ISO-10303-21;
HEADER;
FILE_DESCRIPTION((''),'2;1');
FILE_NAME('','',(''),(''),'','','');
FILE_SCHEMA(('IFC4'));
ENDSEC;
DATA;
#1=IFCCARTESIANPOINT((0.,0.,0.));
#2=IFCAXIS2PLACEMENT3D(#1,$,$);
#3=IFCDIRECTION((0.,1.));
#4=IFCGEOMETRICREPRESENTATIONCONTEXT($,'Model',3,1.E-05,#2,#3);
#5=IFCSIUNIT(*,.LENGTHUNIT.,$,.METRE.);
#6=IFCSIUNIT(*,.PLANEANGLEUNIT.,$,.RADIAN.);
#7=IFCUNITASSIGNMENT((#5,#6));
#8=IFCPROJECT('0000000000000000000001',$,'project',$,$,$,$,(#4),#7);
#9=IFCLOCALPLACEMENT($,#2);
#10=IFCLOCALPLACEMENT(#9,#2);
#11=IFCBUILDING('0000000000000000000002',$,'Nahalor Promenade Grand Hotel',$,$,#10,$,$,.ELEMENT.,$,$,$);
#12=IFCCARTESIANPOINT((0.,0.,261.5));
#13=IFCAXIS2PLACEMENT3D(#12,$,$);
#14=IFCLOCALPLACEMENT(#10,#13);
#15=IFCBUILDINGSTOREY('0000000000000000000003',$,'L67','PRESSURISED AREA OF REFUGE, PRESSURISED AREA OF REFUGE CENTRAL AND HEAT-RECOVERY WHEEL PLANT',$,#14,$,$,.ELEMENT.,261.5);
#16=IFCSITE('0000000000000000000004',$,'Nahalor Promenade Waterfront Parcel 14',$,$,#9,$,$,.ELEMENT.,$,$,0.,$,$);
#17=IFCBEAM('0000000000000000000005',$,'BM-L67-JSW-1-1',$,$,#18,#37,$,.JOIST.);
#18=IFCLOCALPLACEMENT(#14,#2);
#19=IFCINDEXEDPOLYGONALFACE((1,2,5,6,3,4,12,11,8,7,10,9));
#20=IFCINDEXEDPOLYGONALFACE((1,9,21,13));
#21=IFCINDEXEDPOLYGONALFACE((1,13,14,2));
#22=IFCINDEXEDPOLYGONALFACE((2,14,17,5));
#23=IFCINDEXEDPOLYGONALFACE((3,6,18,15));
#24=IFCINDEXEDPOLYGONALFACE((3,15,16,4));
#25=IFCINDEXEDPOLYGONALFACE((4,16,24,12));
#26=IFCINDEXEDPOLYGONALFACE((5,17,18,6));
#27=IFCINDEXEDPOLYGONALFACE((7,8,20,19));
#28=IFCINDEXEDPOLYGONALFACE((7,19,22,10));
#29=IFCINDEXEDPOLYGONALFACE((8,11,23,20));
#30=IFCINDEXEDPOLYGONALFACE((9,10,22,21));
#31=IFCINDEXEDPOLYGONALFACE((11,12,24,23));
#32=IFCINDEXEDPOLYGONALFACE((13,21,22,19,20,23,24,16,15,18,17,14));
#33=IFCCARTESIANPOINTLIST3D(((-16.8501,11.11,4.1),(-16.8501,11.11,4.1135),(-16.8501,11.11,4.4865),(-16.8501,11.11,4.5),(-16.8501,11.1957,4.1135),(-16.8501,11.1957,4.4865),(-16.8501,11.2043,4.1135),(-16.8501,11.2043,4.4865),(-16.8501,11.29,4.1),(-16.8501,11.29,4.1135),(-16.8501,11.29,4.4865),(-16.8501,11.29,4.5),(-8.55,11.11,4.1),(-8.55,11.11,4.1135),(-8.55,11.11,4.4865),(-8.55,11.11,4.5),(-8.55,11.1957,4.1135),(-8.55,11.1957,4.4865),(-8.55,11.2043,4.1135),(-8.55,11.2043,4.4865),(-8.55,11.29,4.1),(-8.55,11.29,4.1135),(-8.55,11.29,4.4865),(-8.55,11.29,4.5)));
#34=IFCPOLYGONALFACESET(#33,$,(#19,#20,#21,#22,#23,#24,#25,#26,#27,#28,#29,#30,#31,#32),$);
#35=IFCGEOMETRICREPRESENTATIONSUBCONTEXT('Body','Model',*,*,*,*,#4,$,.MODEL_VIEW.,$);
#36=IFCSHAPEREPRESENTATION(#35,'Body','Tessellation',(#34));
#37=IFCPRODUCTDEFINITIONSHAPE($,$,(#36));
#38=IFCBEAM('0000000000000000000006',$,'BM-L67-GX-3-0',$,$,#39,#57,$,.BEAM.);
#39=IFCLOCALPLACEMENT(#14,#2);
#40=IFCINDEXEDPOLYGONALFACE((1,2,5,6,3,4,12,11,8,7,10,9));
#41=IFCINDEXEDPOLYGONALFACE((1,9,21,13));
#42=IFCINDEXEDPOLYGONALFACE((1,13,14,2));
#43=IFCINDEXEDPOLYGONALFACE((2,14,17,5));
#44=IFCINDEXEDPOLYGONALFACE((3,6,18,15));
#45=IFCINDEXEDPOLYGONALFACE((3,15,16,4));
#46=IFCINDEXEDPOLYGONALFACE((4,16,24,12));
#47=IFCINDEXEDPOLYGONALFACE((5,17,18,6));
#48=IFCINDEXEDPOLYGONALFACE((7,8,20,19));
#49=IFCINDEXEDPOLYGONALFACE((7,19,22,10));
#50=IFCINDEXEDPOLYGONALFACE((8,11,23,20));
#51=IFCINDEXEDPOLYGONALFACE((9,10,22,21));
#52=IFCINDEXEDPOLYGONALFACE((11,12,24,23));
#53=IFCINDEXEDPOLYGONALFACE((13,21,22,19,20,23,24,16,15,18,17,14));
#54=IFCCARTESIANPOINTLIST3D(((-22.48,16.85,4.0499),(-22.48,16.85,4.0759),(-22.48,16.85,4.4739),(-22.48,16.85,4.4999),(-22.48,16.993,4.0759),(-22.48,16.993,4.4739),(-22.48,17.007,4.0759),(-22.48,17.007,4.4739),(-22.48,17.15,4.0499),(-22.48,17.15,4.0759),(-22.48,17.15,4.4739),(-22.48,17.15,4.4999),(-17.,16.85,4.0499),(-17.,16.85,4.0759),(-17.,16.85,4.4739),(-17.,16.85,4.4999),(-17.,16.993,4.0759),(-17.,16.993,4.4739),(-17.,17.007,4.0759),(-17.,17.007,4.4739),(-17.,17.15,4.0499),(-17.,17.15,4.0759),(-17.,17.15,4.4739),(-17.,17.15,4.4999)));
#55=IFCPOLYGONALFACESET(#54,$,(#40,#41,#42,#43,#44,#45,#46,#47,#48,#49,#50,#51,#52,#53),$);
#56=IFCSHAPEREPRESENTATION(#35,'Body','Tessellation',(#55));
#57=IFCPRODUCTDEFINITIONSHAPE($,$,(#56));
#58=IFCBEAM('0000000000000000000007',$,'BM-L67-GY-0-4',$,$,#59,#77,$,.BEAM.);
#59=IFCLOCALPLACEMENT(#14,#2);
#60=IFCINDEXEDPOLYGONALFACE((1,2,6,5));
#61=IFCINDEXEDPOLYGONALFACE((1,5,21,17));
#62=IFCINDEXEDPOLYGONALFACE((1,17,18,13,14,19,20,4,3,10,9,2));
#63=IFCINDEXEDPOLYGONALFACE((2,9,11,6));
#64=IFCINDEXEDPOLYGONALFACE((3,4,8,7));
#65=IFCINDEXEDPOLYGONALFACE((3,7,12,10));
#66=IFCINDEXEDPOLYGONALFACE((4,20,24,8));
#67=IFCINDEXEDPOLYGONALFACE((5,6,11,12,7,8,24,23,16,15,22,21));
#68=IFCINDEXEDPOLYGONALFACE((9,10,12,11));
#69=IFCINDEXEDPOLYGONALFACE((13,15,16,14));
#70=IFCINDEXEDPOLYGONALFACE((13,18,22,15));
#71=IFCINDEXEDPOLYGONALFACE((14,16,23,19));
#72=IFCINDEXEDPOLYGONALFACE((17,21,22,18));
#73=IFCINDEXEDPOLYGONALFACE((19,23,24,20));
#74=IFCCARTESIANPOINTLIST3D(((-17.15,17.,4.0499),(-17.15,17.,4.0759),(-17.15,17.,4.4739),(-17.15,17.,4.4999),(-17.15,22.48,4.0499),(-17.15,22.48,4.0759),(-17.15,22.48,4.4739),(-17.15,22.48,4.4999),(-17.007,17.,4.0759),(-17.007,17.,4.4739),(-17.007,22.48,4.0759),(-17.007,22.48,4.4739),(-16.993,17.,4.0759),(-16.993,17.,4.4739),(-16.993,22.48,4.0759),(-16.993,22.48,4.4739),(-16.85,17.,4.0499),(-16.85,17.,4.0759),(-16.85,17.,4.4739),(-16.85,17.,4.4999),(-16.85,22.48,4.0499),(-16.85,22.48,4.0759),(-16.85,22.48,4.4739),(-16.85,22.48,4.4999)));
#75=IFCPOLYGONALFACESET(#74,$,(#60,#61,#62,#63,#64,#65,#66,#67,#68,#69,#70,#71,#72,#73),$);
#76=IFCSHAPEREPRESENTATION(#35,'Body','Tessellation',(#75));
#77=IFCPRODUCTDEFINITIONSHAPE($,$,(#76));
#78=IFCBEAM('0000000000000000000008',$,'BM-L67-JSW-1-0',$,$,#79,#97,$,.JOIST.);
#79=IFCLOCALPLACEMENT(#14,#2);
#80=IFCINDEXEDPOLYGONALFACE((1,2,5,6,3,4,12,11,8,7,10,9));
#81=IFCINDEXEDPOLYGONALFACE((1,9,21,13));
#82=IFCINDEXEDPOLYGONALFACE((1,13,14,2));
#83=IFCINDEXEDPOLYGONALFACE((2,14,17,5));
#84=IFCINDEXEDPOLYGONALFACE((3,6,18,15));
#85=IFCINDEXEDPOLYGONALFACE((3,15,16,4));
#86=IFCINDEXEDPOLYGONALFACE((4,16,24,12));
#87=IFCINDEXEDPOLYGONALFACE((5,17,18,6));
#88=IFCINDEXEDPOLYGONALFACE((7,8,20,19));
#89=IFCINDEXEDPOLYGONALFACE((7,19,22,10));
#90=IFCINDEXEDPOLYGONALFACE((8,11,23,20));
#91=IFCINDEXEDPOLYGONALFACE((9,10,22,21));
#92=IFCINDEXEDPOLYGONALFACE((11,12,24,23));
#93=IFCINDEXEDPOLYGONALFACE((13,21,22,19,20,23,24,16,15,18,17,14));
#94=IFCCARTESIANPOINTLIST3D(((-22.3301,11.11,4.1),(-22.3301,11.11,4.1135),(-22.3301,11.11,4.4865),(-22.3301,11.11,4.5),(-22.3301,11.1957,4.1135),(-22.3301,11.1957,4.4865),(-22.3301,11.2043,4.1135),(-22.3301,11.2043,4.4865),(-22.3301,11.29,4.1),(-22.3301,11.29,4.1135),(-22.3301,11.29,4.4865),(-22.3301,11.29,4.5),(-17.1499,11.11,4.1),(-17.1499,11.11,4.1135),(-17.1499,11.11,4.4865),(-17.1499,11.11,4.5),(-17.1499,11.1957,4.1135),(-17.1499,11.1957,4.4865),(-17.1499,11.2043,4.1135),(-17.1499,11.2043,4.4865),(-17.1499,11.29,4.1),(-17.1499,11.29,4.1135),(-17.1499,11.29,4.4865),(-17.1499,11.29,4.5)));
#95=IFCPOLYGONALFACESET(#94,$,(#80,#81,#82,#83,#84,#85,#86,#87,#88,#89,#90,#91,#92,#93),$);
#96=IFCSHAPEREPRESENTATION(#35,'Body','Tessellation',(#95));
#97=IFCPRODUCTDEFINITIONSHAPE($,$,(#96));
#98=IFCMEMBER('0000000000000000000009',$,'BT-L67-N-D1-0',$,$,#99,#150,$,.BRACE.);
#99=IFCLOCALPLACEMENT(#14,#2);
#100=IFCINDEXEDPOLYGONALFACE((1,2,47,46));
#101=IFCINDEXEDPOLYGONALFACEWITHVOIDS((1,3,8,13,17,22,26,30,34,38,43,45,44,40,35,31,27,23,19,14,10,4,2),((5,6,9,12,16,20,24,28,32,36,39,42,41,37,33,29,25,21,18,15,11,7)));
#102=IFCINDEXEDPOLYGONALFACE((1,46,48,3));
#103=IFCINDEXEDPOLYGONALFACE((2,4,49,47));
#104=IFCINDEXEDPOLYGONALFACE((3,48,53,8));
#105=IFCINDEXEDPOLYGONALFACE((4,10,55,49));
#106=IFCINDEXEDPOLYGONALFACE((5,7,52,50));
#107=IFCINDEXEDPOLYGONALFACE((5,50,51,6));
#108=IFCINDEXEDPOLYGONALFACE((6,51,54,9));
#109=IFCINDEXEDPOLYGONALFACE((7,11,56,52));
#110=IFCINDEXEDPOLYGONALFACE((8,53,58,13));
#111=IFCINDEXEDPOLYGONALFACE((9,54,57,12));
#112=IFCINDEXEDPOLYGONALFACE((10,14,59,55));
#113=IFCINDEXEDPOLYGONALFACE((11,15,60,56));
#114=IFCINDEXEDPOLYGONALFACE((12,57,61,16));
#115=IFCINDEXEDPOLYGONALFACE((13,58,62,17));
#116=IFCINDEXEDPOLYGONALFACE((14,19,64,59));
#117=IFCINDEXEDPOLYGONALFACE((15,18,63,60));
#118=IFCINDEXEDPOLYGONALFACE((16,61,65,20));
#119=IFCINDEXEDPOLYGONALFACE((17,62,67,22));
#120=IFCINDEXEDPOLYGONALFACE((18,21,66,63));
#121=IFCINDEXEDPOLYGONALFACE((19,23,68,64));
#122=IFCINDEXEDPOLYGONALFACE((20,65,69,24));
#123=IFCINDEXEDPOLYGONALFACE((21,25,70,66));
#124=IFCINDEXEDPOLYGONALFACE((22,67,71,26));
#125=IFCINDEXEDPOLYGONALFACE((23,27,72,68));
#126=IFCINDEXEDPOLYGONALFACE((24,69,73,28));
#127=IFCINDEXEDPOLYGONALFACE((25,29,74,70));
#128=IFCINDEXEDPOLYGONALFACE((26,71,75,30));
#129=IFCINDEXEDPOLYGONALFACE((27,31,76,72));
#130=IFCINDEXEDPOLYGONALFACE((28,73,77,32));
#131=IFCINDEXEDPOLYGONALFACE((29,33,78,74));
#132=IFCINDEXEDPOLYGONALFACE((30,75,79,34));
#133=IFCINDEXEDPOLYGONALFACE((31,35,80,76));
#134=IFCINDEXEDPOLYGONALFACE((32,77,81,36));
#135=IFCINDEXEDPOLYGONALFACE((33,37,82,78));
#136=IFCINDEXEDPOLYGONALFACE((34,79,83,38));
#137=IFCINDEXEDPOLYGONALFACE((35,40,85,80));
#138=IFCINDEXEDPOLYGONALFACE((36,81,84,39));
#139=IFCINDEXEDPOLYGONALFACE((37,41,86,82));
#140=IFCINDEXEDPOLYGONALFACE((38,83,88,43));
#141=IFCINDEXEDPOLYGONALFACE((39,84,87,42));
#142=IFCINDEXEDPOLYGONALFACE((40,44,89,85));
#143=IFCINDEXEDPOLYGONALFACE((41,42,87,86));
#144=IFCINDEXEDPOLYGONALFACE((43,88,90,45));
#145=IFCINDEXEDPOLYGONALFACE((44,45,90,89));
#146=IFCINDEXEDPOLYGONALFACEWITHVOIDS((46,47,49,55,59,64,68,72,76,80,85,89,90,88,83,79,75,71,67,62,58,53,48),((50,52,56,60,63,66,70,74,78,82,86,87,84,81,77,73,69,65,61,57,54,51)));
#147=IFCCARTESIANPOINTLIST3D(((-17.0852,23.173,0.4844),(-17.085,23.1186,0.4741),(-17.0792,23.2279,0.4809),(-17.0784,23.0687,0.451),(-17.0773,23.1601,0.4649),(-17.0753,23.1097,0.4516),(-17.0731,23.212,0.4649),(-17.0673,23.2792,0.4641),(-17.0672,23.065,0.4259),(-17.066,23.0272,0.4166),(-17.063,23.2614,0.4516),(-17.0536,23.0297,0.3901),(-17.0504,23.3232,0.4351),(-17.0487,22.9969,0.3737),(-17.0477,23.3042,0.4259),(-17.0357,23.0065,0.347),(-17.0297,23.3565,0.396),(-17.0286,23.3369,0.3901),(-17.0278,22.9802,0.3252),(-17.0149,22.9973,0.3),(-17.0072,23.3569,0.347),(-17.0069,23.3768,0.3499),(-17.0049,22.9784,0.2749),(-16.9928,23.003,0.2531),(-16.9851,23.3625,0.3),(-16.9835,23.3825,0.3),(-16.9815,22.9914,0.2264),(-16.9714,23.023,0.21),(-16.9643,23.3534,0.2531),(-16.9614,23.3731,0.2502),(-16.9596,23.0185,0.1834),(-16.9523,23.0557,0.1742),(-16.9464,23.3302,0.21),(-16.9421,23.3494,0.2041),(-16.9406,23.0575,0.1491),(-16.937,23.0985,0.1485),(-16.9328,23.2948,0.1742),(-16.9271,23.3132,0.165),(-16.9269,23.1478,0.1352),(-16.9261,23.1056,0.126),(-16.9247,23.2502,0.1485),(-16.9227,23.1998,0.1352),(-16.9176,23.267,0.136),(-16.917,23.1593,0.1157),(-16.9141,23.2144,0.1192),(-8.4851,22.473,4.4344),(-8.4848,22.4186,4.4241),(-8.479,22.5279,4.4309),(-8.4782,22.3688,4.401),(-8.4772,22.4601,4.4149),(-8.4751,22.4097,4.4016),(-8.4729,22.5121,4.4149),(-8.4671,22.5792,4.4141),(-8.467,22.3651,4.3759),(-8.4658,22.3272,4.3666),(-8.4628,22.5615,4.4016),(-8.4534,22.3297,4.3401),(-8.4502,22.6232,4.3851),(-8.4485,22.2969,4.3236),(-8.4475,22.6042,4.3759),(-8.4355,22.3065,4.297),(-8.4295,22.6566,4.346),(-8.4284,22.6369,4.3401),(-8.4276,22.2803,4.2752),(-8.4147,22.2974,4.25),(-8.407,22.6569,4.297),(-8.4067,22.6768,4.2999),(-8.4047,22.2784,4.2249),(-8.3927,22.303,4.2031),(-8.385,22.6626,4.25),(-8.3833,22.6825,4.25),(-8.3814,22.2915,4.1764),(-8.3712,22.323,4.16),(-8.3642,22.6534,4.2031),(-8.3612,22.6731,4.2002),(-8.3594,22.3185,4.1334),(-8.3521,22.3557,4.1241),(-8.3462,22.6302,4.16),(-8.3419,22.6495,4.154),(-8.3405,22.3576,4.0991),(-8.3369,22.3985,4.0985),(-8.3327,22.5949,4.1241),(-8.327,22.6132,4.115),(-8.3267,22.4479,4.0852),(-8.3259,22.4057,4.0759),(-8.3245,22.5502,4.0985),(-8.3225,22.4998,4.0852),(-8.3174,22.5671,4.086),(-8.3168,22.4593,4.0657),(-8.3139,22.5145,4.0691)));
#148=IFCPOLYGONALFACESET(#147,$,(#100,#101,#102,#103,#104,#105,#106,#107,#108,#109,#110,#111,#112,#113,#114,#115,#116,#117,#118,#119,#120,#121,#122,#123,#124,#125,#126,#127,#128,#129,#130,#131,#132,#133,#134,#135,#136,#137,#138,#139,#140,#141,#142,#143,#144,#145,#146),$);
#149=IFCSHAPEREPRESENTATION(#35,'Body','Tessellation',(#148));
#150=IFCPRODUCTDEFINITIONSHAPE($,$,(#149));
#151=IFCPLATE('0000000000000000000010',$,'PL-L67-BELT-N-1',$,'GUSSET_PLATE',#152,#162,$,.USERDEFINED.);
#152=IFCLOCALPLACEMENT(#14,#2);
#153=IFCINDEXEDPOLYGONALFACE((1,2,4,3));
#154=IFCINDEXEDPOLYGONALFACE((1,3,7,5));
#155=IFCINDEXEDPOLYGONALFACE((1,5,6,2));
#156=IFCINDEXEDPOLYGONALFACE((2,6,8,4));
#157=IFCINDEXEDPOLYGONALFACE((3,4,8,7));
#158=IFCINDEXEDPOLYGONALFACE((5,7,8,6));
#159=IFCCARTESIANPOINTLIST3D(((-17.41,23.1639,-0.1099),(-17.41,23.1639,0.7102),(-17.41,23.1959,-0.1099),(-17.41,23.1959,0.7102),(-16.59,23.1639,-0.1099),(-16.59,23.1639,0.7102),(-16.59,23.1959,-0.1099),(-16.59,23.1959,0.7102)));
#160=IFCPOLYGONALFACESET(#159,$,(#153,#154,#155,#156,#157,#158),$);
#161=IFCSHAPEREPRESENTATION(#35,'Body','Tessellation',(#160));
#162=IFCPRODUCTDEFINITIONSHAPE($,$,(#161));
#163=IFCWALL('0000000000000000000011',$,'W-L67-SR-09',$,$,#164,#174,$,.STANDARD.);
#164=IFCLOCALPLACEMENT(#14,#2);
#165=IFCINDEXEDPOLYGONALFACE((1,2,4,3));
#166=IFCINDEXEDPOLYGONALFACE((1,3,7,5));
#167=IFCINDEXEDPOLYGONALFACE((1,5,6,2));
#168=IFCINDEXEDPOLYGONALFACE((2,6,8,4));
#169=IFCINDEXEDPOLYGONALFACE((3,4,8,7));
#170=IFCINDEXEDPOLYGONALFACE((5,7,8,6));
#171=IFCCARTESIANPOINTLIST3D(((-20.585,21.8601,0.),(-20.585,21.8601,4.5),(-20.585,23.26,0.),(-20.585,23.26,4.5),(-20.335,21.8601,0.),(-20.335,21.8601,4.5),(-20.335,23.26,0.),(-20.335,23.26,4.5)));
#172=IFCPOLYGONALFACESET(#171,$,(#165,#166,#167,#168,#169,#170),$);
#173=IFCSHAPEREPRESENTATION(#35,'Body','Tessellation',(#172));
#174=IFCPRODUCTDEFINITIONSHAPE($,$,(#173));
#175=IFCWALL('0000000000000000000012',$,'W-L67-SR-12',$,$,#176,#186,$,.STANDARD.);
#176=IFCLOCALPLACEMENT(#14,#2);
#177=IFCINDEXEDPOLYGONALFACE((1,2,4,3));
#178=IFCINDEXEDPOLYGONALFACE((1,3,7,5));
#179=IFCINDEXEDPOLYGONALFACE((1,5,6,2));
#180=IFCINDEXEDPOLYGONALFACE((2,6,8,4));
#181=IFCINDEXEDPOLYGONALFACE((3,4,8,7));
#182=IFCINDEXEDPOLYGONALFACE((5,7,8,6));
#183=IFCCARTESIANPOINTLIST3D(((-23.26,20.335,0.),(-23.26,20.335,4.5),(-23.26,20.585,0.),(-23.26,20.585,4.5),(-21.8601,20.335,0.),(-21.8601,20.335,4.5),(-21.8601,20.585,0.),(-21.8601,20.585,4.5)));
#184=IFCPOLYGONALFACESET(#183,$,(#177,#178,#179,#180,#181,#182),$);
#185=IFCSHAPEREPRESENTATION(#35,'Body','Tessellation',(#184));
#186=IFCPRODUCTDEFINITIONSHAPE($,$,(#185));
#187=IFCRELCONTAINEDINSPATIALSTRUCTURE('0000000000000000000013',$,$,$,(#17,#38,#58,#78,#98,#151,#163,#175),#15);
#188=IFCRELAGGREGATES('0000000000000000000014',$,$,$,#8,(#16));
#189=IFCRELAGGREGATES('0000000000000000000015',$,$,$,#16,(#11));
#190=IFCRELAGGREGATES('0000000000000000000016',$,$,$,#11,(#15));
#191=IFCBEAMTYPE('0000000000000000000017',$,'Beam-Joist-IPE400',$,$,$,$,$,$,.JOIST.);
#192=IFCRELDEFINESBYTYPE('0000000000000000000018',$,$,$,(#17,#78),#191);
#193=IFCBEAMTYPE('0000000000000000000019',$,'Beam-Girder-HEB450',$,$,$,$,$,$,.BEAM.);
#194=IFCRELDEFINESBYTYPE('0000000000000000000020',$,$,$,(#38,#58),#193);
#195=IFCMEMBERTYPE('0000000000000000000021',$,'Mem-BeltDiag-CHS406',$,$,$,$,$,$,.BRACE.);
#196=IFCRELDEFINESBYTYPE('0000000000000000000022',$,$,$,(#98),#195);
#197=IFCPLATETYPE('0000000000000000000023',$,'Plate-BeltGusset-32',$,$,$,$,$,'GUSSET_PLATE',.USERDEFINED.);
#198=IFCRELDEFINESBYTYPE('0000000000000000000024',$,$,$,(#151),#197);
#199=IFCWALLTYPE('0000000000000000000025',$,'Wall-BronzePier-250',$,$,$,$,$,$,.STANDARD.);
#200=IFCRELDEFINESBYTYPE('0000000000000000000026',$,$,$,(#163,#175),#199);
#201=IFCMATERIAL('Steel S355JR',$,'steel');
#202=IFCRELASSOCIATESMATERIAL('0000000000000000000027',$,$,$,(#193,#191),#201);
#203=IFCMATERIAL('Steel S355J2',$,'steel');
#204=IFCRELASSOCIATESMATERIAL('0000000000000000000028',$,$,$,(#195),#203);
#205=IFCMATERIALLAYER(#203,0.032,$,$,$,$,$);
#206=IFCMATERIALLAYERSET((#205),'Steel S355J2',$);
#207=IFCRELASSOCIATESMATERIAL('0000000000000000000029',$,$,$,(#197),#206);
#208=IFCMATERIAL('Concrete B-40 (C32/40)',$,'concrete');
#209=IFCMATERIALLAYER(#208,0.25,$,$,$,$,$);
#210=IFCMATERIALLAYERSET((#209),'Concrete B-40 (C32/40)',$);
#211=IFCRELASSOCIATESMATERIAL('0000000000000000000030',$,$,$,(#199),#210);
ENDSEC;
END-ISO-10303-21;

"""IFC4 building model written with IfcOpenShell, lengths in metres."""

from ifc_helpers import new_model, si_unit, direction, frame, frame_2d, origin, origin_2d, place, context, subcontext, project, spatial, rectangle, hollow_circle, i_section, extrude, source, transform, mapped, material, layer, layer_set, material_profile, profile_set, type_object, element, save


model = new_model("IFC4")

# Units and contexts
model_context = context("Model", 3, precision=1e-05, world=origin(), true_north=direction((0.0, 1.0)))
body_context = subcontext(model_context, "Body", "Model", "MODEL_VIEW")
ifc_project = project(units=[si_unit("LENGTHUNIT", "METRE"), si_unit("PLANEANGLEUNIT", "RADIAN")], contexts=[model_context])

# Site, building, storey
site_placement = place(None, origin())
site = spatial("IfcSite", under=ifc_project, at=site_placement, Name="Nahalor Promenade Waterfront Parcel 14", CompositionType="ELEMENT", RefElevation=0.0)
building_placement = place(site_placement, origin())
building = spatial("IfcBuilding", under=site, at=building_placement, Name="Nahalor Promenade Grand Hotel", CompositionType="ELEMENT")
storey_placement = place(building_placement, frame((0.0, 0.0, 261.5)))
storey = spatial("IfcBuildingStorey", under=building, at=storey_placement, Name="L67", Description="PRESSURISED AREA OF REFUGE, PRESSURISED AREA OF REFUGE CENTRAL AND HEAT-RECOVERY WHEEL PLANT", CompositionType="ELEMENT", Elevation=261.5)

# Shared definitions
ifc_material_1 = material(Name="Steel S355JR", Category="steel")

# Beams
ifc_material_profile_1 = material_profile(ifc_material_1, i_section(OverallWidth=0.3, OverallDepth=0.45, WebThickness=0.014, FlangeThickness=0.026, at=origin_2d()), Name="HEB 450")
ifc_profile_set_1 = profile_set([ifc_material_profile_1], Name="Steel S355JR")
beam_type_1 = type_object("IfcBeamType", Name="Beam-Girder-HEB450", PredefinedType="BEAM", material=ifc_profile_set_1)
ifc_material_profile_2 = material_profile(ifc_material_1, i_section(OverallWidth=0.18, OverallDepth=0.4, WebThickness=0.0086, FlangeThickness=0.0135, at=origin_2d()), Name="IPE 400")
ifc_profile_set_2 = profile_set([ifc_material_profile_2], Name="Steel S355JR")
beam_type_2 = type_object("IfcBeamType", Name="Beam-Joist-IPE400", PredefinedType="JOIST", material=ifc_profile_set_2)
shared_shape_1 = source(origin(), body_context, "Body", "SweptSolid", [
    extrude(i_section(OverallWidth=0.18, OverallDepth=0.4, WebThickness=0.0086, FlangeThickness=0.0135, at=origin_2d()), origin(), (0.0, 0.0, 1.0), 8.3),
])
beam_1_placement = place(storey_placement, frame((-16.8501, 11.2, 4.3), z_axis=(1.0, 0.0, 0.0), x_axis=(0.0, 1.0, 0.0)))
element("IfcBeam", 1, at=beam_1_placement, inside=storey, type_object=beam_type_2, Name="BM-L67-JSW-1-1", PredefinedType="JOIST", context=body_context, shape_type="MappedRepresentation", body=[
    mapped(shared_shape_1, transform((0.0, 0.0, 0.0), scale=1.0)),
])
shared_shape_2 = source(origin(), body_context, "Body", "SweptSolid", [
    extrude(i_section(OverallWidth=0.3, OverallDepth=0.45, WebThickness=0.014, FlangeThickness=0.026, at=origin_2d()), origin(), (0.0, 0.0, 1.0), 5.48),
])
for number, where, z_axis, x_axis, name in (
    (2, (-22.48, 17.0, 4.2749), (1.0, 0.0, 0.0), (0.0, 1.0, 0.0), "BM-L67-GX-3-0"),
    (3, (-17.0, 17.0, 4.2749), (0.0, 1.0, 0.0), (-1.0, 0.0, 0.0), "BM-L67-GY-0-4"),
):
    element("IfcBeam", number, at=place(storey_placement, frame(where, z_axis=z_axis, x_axis=x_axis)), inside=storey, type_object=beam_type_1, Name=name, PredefinedType="BEAM", context=body_context, shape_type="MappedRepresentation", body=[
        mapped(shared_shape_2, transform((0.0, 0.0, 0.0), scale=1.0)),
    ])
shared_shape_3 = source(origin(), body_context, "Body", "SweptSolid", [
    extrude(i_section(OverallWidth=0.18, OverallDepth=0.4, WebThickness=0.0086, FlangeThickness=0.0135, at=origin_2d()), origin(), (0.0, 0.0, 1.0), 5.1802),
])
beam_2_placement = place(storey_placement, frame((-22.3301, 11.2, 4.3), z_axis=(1.0, 0.0, 0.0), x_axis=(0.0, 1.0, 0.0)))
element("IfcBeam", 4, at=beam_2_placement, inside=storey, type_object=beam_type_2, Name="BM-L67-JSW-1-0", PredefinedType="JOIST", context=body_context, shape_type="MappedRepresentation", body=[
    mapped(shared_shape_3, transform((0.0, 0.0, 0.0), scale=1.0)),
])

# Member
ifc_material_2 = material(Name="Steel S355J2", Category="steel")
ifc_material_profile_3 = material_profile(ifc_material_2, hollow_circle(Radius=0.2032, WallThickness=0.02, at=origin_2d()), Name="CHS 406.4x20")
ifc_profile_set_3 = profile_set([ifc_material_profile_3], Name="Steel S355J2")
member_type = type_object("IfcMemberType", Name="Mem-BeltDiag-CHS406", PredefinedType="BRACE", material=ifc_profile_set_3)
shared_shape_4 = source(origin(), body_context, "Body", "SweptSolid", [
    extrude(hollow_circle(Radius=0.2032, WallThickness=0.02, at=origin_2d()), origin(), (0.0, 0.0, 1.0), 9.4897),
])
member_placement = place(storey_placement, frame((-17.0, 23.1799, 0.3), z_axis=(0.906259, -0.073759, 0.416237), x_axis=(0.081121, 0.996704, 0.0)))
element("IfcMember", 5, at=member_placement, inside=storey, type_object=member_type, Name="BT-L67-N-D1-0", PredefinedType="BRACE", context=body_context, shape_type="MappedRepresentation", body=[
    mapped(shared_shape_4, transform((0.0, 0.0, 0.0), scale=1.0)),
])

# Plate
ifc_layer_1 = layer(ifc_material_2, 0.032)
ifc_layer_set_1 = layer_set([ifc_layer_1], Name="Steel S355J2")
plate_type = type_object("IfcPlateType", Name="Plate-BeltGusset-32", ElementType="GUSSET_PLATE", PredefinedType="USERDEFINED", material=ifc_layer_set_1)
shared_shape_5 = source(origin(), body_context, "Body", "SweptSolid", [
    extrude(rectangle(XDim=0.8201, YDim=0.032, at=origin_2d()), origin(), (0.0, 0.0, 1.0), 0.8201),
])
plate_placement = place(storey_placement, frame((-17.0, 23.1799, -0.1099), z_axis=(0.0, 0.0, 1.0), x_axis=(1.0, 0.0, 0.0)))
element("IfcPlate", 6, at=plate_placement, inside=storey, type_object=plate_type, Name="PL-L67-BELT-N-1", ObjectType="GUSSET_PLATE", PredefinedType="USERDEFINED", context=body_context, shape_type="MappedRepresentation", body=[
    mapped(shared_shape_5, transform((0.0, 0.0, 0.0), scale=1.0)),
])

# Walls
ifc_material_3 = material(Name="Concrete B-40 (C32/40)", Category="concrete")
ifc_layer_2 = layer(ifc_material_3, 0.25)
ifc_layer_set_2 = layer_set([ifc_layer_2], Name="Concrete B-40 (C32/40)")
wall_type_1 = type_object("IfcWallType", Name="Wall-BronzePier-250", PredefinedType="STANDARD", material=ifc_layer_set_2)
shared_shape_6 = source(origin(), body_context, "Body", "SweptSolid", [
    extrude(rectangle(XDim=1.3999, YDim=0.25, at=frame_2d((0.7, 0.0))), origin(), (0.0, 0.0, 1.0), 4.5),
])
for number, where, z_axis, x_axis, name in (
    (7, (-20.46, 21.8601, 0.0), (0.0, 0.0, 1.0), (0.0, 1.0, 0.0), "W-L67-SR-09"),
    (8, (-23.26, 20.46, 0.0), (0.0, 0.0, 1.0), (1.0, 0.0, 0.0), "W-L67-SR-12"),
):
    element("IfcWall", number, at=place(storey_placement, frame(where, z_axis=z_axis, x_axis=x_axis)), inside=storey, type_object=wall_type_1, Name=name, PredefinedType="STANDARD", context=body_context, shape_type="MappedRepresentation", body=[
        mapped(shared_shape_6, transform((0.0, 0.0, 0.0), scale=1.0)),
    ])

save(model, "model.ifc")
